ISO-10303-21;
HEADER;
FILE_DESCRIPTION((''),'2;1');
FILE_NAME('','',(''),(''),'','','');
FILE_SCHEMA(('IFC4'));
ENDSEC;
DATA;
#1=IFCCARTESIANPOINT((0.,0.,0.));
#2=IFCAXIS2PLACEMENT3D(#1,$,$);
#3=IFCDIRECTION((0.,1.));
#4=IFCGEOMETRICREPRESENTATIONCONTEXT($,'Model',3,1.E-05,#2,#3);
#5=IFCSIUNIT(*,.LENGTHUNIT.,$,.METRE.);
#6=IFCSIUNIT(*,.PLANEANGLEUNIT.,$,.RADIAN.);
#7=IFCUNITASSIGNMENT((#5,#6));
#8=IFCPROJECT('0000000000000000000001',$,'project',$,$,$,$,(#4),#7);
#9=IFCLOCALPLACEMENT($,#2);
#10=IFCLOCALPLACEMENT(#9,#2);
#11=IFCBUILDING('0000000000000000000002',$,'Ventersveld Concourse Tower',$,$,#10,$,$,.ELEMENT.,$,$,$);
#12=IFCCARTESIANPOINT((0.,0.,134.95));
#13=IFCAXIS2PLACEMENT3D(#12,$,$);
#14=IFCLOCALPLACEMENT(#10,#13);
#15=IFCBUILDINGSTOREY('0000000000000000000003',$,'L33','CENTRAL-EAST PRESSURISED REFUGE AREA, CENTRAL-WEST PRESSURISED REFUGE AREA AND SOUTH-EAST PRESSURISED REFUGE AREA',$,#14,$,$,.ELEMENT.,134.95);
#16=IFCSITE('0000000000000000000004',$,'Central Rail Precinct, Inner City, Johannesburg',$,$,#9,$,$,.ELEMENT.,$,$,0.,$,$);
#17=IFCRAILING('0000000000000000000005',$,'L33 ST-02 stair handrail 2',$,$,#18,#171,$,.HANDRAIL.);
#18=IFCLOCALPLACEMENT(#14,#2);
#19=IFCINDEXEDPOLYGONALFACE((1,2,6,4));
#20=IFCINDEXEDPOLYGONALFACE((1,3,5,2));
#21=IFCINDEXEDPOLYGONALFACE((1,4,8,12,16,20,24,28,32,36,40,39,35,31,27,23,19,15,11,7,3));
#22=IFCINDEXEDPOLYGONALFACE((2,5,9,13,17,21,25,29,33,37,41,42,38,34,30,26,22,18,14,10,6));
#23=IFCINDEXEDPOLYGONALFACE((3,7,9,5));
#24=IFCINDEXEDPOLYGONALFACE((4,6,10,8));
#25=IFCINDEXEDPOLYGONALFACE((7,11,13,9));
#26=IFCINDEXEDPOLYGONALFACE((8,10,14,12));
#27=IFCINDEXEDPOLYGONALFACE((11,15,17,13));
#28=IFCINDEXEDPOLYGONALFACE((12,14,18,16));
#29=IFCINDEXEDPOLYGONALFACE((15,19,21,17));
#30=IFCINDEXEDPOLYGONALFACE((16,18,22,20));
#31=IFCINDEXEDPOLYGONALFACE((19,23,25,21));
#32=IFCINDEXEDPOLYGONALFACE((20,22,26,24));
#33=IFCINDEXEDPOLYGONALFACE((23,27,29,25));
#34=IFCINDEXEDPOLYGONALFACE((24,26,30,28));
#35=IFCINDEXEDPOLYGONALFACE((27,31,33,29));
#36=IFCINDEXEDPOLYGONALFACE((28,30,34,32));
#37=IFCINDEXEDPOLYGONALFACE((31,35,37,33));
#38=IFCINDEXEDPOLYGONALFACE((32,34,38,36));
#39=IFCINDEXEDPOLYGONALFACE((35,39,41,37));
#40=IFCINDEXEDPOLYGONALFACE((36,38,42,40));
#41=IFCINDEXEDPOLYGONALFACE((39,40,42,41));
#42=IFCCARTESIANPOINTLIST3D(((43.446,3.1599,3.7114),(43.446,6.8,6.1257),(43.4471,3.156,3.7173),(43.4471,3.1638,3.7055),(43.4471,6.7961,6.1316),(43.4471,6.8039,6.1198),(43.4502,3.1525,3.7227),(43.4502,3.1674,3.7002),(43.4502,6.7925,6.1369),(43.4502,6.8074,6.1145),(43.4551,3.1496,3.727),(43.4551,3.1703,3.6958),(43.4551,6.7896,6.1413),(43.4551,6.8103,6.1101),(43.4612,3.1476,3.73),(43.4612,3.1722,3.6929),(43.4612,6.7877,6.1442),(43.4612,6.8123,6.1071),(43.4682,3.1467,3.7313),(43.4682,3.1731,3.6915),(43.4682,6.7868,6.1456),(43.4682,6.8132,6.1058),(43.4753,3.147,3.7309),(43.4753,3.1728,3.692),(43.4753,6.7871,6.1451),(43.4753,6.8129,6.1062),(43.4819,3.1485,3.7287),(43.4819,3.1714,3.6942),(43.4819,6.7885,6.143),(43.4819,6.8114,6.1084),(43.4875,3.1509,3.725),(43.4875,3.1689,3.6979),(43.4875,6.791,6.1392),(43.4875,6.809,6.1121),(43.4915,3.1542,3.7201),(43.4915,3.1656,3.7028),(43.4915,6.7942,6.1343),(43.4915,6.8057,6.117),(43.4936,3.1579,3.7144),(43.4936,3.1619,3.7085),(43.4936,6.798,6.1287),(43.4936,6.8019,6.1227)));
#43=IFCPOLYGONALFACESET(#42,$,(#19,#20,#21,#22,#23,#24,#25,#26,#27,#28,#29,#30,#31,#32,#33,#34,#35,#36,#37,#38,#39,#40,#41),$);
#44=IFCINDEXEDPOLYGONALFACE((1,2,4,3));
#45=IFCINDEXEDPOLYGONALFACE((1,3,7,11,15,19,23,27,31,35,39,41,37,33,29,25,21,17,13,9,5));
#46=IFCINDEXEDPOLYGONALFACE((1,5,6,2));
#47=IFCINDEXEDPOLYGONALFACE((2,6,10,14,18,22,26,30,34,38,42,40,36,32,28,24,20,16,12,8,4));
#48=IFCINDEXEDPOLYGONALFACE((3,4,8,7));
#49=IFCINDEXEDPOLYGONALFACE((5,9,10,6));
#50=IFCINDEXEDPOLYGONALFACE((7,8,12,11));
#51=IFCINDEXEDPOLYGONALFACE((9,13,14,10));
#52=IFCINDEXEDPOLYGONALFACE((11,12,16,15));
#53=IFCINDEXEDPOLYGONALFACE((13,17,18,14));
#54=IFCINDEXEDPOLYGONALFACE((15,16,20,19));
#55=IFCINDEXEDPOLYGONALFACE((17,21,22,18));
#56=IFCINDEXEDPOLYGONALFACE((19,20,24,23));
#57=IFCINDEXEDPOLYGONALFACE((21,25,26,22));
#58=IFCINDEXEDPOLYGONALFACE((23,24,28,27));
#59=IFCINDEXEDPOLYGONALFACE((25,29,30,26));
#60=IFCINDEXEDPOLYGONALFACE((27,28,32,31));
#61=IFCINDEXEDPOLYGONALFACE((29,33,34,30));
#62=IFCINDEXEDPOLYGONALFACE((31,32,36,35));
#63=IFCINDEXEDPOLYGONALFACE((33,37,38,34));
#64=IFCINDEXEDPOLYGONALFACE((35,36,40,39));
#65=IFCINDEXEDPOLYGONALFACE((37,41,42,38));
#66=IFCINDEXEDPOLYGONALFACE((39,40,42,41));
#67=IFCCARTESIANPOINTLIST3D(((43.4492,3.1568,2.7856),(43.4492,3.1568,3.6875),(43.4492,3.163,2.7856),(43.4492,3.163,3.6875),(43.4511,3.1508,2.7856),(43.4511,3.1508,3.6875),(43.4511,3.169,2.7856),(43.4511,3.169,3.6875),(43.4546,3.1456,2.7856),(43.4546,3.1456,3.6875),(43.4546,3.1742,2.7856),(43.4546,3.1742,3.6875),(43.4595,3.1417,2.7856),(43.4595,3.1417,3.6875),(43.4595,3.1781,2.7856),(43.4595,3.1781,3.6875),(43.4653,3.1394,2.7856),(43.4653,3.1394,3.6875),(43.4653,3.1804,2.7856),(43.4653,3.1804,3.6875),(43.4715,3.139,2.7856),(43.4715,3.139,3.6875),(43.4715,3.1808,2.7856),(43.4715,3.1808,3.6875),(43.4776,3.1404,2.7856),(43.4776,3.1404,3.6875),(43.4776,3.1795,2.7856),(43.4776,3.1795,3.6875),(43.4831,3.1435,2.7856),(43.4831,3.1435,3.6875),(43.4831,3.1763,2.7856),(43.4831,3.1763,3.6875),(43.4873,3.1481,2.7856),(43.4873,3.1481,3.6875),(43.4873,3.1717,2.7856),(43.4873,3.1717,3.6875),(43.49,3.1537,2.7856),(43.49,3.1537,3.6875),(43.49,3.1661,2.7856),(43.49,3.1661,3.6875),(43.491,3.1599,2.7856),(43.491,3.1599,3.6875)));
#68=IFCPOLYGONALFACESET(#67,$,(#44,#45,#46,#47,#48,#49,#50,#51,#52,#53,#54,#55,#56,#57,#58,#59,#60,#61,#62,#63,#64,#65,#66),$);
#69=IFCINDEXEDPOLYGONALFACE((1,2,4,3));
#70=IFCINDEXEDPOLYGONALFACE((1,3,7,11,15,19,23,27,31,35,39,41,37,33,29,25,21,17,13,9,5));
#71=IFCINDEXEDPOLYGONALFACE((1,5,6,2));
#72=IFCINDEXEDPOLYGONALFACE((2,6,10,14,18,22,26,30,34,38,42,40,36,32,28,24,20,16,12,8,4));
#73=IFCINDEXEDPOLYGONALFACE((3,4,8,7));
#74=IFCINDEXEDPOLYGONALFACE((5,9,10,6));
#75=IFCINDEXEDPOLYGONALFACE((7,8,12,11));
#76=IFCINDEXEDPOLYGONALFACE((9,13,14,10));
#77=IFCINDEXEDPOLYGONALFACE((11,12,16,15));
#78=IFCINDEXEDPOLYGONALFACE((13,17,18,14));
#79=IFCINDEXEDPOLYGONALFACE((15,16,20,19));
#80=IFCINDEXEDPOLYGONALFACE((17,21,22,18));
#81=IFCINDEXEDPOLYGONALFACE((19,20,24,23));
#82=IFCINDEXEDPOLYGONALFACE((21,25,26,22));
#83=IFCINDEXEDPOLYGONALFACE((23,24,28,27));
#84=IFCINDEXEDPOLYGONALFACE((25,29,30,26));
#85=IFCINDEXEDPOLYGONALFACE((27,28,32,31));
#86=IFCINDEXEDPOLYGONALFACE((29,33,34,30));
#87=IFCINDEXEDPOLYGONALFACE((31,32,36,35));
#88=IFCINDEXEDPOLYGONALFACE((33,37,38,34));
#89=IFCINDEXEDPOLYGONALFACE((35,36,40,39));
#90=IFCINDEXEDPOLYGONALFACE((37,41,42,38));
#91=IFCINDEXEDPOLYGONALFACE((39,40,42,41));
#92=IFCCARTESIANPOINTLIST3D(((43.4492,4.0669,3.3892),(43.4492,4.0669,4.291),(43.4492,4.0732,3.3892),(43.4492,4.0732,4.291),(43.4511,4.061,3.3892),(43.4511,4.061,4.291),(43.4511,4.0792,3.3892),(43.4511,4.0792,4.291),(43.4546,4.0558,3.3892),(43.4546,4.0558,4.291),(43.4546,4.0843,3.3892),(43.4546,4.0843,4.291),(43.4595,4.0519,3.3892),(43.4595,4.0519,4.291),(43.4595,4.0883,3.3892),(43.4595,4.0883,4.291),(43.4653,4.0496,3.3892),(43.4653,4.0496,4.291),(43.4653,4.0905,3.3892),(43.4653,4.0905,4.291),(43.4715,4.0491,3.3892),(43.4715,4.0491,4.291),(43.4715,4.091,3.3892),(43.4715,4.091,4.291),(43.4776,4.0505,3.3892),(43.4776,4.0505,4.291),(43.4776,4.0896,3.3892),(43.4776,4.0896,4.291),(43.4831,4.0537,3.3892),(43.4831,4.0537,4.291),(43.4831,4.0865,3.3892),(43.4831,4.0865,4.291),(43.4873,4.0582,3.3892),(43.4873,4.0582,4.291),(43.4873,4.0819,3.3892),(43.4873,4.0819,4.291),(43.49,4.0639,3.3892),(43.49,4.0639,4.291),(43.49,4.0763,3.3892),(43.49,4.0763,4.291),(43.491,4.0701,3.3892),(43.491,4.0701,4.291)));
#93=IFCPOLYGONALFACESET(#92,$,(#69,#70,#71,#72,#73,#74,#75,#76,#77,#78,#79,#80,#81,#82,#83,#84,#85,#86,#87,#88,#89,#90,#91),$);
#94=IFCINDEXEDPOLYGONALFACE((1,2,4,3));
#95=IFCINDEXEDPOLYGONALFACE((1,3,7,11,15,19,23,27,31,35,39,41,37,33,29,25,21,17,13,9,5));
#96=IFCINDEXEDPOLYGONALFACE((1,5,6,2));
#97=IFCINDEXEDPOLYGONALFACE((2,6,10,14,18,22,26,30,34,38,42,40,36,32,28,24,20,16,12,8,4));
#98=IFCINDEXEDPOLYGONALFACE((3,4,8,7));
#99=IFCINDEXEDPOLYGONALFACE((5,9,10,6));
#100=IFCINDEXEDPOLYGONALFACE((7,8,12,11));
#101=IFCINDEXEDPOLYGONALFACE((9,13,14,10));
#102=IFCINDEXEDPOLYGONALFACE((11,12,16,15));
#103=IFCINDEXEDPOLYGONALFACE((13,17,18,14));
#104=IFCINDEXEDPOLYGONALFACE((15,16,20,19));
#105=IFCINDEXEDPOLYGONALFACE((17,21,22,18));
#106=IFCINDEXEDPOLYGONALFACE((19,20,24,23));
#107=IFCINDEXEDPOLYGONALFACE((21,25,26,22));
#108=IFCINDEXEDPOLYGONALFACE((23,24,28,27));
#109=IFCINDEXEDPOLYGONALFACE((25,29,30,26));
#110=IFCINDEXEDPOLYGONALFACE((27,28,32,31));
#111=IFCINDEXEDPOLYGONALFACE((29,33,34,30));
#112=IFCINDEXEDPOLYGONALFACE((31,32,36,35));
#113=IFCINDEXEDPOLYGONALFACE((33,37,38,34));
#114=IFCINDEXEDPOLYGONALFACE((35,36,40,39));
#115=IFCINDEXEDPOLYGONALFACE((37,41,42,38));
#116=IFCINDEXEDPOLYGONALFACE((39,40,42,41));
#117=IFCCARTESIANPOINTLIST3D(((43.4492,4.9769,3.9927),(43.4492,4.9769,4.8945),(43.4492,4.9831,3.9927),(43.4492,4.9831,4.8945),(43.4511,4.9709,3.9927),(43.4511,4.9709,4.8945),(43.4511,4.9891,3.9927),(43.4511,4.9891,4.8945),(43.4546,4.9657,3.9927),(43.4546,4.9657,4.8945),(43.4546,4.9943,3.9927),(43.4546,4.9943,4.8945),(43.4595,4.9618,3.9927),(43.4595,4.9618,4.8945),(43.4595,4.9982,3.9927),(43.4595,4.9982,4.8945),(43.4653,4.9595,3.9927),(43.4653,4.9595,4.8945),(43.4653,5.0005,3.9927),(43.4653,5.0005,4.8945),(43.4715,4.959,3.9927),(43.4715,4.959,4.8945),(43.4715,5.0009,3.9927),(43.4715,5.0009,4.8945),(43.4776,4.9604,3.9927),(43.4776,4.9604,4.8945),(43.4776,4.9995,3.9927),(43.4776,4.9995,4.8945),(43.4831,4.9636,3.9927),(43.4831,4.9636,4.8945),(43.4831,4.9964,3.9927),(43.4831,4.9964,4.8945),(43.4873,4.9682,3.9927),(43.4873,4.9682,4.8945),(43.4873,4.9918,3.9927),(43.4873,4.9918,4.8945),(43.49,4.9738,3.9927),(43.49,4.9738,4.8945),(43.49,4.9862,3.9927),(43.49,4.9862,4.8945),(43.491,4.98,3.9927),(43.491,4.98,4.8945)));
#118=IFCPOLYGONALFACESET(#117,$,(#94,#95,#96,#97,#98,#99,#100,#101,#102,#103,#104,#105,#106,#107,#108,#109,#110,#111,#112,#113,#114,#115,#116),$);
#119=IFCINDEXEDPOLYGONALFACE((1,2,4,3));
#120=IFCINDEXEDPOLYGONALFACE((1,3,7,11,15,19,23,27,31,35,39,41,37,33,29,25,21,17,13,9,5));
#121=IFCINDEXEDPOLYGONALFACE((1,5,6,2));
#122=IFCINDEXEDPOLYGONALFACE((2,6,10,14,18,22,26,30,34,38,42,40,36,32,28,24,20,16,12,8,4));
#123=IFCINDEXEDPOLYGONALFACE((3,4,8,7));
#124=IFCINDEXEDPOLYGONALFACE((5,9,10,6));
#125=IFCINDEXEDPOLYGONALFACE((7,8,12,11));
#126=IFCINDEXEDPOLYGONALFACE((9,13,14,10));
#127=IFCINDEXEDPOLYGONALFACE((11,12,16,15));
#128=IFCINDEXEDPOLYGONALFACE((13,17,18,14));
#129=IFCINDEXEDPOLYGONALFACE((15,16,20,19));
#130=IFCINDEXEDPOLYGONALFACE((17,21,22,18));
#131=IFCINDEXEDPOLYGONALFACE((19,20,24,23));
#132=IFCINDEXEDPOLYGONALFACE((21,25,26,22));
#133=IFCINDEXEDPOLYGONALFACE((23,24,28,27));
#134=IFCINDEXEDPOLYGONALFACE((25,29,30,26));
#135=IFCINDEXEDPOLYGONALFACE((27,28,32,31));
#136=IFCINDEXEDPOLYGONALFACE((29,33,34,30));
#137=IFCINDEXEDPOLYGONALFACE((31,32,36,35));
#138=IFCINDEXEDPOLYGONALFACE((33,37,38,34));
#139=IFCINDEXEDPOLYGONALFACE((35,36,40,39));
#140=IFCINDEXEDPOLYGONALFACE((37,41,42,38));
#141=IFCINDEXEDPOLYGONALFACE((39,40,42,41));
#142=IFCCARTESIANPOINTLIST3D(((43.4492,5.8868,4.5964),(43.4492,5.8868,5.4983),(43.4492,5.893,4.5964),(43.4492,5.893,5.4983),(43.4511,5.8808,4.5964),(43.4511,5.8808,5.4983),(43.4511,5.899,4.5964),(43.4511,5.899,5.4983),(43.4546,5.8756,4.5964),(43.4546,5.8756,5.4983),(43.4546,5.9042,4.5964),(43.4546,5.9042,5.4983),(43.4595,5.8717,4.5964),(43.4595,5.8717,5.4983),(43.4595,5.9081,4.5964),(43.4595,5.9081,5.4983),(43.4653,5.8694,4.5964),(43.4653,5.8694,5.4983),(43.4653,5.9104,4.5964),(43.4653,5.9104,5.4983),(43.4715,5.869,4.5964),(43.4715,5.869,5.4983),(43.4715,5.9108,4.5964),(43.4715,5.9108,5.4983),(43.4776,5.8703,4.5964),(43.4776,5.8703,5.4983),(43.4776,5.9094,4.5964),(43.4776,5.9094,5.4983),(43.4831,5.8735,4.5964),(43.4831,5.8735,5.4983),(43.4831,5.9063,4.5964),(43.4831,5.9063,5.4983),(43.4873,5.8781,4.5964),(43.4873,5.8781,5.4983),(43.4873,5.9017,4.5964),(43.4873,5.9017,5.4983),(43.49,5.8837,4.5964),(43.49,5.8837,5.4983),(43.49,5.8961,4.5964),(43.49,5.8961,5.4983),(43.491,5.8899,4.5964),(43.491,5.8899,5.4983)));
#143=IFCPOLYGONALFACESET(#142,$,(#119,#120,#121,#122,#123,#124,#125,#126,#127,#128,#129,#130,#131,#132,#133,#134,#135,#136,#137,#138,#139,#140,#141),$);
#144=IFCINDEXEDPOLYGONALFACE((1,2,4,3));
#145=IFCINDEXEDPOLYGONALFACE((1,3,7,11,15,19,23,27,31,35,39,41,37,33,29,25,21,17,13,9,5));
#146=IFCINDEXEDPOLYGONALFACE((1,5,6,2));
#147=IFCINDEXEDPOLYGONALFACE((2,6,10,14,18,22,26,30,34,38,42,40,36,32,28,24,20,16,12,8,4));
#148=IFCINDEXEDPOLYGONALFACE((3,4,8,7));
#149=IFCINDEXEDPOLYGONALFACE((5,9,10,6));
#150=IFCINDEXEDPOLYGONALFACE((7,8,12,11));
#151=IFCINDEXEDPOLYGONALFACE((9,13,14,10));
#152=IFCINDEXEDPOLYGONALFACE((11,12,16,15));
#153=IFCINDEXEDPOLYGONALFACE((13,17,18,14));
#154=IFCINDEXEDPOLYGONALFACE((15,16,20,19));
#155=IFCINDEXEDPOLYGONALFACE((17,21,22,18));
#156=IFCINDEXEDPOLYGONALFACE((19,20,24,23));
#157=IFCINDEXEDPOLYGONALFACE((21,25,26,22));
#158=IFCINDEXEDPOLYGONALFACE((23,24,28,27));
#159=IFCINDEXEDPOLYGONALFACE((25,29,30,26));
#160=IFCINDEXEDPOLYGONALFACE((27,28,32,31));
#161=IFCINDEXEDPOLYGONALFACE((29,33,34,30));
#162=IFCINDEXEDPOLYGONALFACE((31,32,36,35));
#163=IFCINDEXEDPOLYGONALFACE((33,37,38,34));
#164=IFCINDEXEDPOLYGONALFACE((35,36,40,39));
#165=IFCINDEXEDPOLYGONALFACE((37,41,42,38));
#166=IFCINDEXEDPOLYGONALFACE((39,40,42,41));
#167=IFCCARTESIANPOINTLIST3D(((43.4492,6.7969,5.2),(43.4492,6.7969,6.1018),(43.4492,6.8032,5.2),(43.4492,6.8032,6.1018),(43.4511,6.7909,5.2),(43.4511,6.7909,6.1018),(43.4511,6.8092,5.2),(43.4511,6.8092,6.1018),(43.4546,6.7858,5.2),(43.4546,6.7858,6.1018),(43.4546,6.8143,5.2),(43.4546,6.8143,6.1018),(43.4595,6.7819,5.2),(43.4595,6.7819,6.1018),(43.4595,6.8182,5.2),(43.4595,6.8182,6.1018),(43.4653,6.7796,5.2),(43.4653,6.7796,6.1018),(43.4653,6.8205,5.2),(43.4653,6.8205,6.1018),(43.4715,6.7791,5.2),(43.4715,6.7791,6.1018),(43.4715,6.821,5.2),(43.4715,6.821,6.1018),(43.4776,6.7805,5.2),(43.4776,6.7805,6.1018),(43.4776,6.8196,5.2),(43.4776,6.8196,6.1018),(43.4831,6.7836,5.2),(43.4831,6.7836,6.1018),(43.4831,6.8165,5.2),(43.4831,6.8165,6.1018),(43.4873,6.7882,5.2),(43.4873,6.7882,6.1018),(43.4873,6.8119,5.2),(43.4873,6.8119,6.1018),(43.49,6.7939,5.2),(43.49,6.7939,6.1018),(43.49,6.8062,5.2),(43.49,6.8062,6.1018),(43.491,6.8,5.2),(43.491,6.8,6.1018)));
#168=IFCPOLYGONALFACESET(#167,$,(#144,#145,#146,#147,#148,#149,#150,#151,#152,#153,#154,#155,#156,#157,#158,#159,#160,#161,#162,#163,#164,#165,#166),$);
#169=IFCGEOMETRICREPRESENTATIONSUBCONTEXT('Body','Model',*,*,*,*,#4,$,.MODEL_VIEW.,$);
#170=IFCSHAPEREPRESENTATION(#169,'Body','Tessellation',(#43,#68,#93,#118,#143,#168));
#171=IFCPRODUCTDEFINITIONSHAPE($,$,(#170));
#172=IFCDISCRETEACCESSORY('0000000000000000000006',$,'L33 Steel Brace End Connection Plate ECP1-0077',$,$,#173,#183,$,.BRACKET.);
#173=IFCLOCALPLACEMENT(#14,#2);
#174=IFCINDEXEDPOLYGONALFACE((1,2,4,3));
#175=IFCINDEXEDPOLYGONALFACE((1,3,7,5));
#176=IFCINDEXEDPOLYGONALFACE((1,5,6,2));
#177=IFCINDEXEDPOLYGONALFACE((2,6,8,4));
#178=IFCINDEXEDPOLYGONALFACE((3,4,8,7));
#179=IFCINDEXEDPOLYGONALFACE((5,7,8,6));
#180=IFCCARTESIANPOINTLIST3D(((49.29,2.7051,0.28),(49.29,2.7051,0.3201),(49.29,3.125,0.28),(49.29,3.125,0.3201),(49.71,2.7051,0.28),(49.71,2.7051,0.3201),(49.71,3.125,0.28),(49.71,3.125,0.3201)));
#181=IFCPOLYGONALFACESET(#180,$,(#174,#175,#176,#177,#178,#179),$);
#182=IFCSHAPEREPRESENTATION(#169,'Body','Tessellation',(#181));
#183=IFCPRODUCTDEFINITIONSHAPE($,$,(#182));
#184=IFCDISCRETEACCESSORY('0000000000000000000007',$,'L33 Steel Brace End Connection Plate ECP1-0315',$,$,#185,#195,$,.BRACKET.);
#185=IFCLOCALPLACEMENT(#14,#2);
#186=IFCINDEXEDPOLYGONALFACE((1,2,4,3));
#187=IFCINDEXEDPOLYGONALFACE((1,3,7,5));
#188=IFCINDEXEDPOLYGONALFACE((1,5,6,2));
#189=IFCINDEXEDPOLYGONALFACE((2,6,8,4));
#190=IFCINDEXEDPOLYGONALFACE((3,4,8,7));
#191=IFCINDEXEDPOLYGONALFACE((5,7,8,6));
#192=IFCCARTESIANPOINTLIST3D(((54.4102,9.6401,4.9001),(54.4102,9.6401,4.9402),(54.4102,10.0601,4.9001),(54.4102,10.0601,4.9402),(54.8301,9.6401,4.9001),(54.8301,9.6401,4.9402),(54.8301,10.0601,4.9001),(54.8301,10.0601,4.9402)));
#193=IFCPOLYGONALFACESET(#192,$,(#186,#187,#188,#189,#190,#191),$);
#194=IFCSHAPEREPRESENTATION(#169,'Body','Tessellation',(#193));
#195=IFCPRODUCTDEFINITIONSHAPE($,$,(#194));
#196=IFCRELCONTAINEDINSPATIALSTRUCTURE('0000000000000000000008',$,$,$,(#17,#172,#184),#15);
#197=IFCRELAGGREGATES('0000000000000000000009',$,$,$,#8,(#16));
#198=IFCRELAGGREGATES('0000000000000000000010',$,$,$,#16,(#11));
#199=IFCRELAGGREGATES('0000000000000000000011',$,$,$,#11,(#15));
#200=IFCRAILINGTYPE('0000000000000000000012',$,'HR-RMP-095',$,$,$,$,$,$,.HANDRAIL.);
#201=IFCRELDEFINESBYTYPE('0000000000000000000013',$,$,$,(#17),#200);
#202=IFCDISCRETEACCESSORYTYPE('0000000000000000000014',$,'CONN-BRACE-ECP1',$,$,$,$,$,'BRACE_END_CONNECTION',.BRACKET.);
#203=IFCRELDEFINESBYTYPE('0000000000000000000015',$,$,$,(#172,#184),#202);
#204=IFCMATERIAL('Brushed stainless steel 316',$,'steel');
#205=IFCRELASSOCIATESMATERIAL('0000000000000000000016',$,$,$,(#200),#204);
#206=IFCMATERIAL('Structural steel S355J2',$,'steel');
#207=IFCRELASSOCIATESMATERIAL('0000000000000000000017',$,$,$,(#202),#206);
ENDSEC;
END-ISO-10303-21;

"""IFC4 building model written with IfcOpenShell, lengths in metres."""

from ifc_helpers import new_model, si_unit, direction, frame, origin, origin_2d, place, context, subcontext, project, spatial, rectangle, circle, extrude, material, type_object, element, save


model = new_model("IFC4")

# Units and contexts
model_context = context("Model", 3, precision=1e-05, world=origin(), true_north=direction((0.0, 1.0)))
body_context = subcontext(model_context, "Body", "Model", "MODEL_VIEW")
ifc_project = project(units=[si_unit("LENGTHUNIT", "METRE"), si_unit("PLANEANGLEUNIT", "RADIAN")], contexts=[model_context])

# Site, building, storey
site_placement = place(None, origin())
site = spatial("IfcSite", under=ifc_project, at=site_placement, Name="Central Rail Precinct, Inner City, Johannesburg", CompositionType="ELEMENT", RefElevation=0.0)
building_placement = place(site_placement, origin())
building = spatial("IfcBuilding", under=site, at=building_placement, Name="Ventersveld Concourse Tower", CompositionType="ELEMENT")
storey_placement = place(building_placement, frame((0.0, 0.0, 134.95)))
storey = spatial("IfcBuildingStorey", under=building, at=storey_placement, Name="L33", Description="CENTRAL-EAST PRESSURISED REFUGE AREA, CENTRAL-WEST PRESSURISED REFUGE AREA AND SOUTH-EAST PRESSURISED REFUGE AREA", CompositionType="ELEMENT", Elevation=134.95)

# Shared definitions
ifc_material_1 = material(Name="Structural steel S355J2", Category="steel")

# Railing
ifc_material_2 = material(Name="Brushed stainless steel 316", Category="steel")
railing_type_1 = type_object("IfcRailingType", Name="HR-RMP-095", PredefinedType="HANDRAIL", material=ifc_material_2)
railing_1_placement = place(storey_placement, frame((43.47, 3.1599, 2.7856)))
element("IfcRailing", 1, at=railing_1_placement, inside=storey, type_object=railing_type_1, Name="L33 ST-02 stair handrail 2", PredefinedType="HANDRAIL", context=body_context, shape_type="SweptSolid", body=[
    extrude(circle(Radius=0.0239, at=origin_2d()), frame((0.0, 0.0, 0.9258), z_axis=(0.0, 0.833364, 0.552725), x_axis=(-1.0, 0.0, 0.0)), (0.0, 0.0, 1.0), 4.3679),
    extrude(circle(Radius=0.021, at=origin_2d()), origin(), (0.0, 0.0, 1.0), 0.9019),
    extrude(circle(Radius=0.021, at=origin_2d()), frame((0.0, 0.9102, 0.6035)), (0.0, 0.0, 1.0), 0.9019),
    extrude(circle(Radius=0.021, at=origin_2d()), frame((0.0, 1.8201, 1.207)), (0.0, 0.0, 1.0), 0.9019),
    extrude(circle(Radius=0.021, at=origin_2d()), frame((0.0, 2.73, 1.8108)), (0.0, 0.0, 1.0), 0.9019),
    extrude(circle(Radius=0.021, at=origin_2d()), frame((0.0, 3.6401, 2.4143)), (0.0, 0.0, 1.0), 0.9019),
])

# Discrete accessories
discrete_accessory_type = type_object("IfcDiscreteAccessoryType", Name="CONN-BRACE-ECP1", ElementType="BRACE_END_CONNECTION", PredefinedType="BRACKET", material=ifc_material_1)
for number, where, z_axis, x_axis, name in (
    (2, (49.5, 2.915, 0.28), (0.0, 0.0, 1.0), (1.0, 0.0, 0.0), "L33 Steel Brace End Connection Plate ECP1-0077"),
    (3, (54.6201, 9.8501, 4.9001), (0.0, 0.0, 1.0), (1.0, 0.0, 0.0), "L33 Steel Brace End Connection Plate ECP1-0315"),
):
    element("IfcDiscreteAccessory", number, at=place(storey_placement, frame(where, z_axis=z_axis, x_axis=x_axis)), inside=storey, type_object=discrete_accessory_type, Name=name, PredefinedType="BRACKET", context=body_context, shape_type="SweptSolid", body=[
        extrude(rectangle(XDim=0.4199, YDim=0.4199, at=origin_2d()), origin(), (0.0, 0.0, 1.0), 0.04),
    ])

save(model, "model.ifc")
